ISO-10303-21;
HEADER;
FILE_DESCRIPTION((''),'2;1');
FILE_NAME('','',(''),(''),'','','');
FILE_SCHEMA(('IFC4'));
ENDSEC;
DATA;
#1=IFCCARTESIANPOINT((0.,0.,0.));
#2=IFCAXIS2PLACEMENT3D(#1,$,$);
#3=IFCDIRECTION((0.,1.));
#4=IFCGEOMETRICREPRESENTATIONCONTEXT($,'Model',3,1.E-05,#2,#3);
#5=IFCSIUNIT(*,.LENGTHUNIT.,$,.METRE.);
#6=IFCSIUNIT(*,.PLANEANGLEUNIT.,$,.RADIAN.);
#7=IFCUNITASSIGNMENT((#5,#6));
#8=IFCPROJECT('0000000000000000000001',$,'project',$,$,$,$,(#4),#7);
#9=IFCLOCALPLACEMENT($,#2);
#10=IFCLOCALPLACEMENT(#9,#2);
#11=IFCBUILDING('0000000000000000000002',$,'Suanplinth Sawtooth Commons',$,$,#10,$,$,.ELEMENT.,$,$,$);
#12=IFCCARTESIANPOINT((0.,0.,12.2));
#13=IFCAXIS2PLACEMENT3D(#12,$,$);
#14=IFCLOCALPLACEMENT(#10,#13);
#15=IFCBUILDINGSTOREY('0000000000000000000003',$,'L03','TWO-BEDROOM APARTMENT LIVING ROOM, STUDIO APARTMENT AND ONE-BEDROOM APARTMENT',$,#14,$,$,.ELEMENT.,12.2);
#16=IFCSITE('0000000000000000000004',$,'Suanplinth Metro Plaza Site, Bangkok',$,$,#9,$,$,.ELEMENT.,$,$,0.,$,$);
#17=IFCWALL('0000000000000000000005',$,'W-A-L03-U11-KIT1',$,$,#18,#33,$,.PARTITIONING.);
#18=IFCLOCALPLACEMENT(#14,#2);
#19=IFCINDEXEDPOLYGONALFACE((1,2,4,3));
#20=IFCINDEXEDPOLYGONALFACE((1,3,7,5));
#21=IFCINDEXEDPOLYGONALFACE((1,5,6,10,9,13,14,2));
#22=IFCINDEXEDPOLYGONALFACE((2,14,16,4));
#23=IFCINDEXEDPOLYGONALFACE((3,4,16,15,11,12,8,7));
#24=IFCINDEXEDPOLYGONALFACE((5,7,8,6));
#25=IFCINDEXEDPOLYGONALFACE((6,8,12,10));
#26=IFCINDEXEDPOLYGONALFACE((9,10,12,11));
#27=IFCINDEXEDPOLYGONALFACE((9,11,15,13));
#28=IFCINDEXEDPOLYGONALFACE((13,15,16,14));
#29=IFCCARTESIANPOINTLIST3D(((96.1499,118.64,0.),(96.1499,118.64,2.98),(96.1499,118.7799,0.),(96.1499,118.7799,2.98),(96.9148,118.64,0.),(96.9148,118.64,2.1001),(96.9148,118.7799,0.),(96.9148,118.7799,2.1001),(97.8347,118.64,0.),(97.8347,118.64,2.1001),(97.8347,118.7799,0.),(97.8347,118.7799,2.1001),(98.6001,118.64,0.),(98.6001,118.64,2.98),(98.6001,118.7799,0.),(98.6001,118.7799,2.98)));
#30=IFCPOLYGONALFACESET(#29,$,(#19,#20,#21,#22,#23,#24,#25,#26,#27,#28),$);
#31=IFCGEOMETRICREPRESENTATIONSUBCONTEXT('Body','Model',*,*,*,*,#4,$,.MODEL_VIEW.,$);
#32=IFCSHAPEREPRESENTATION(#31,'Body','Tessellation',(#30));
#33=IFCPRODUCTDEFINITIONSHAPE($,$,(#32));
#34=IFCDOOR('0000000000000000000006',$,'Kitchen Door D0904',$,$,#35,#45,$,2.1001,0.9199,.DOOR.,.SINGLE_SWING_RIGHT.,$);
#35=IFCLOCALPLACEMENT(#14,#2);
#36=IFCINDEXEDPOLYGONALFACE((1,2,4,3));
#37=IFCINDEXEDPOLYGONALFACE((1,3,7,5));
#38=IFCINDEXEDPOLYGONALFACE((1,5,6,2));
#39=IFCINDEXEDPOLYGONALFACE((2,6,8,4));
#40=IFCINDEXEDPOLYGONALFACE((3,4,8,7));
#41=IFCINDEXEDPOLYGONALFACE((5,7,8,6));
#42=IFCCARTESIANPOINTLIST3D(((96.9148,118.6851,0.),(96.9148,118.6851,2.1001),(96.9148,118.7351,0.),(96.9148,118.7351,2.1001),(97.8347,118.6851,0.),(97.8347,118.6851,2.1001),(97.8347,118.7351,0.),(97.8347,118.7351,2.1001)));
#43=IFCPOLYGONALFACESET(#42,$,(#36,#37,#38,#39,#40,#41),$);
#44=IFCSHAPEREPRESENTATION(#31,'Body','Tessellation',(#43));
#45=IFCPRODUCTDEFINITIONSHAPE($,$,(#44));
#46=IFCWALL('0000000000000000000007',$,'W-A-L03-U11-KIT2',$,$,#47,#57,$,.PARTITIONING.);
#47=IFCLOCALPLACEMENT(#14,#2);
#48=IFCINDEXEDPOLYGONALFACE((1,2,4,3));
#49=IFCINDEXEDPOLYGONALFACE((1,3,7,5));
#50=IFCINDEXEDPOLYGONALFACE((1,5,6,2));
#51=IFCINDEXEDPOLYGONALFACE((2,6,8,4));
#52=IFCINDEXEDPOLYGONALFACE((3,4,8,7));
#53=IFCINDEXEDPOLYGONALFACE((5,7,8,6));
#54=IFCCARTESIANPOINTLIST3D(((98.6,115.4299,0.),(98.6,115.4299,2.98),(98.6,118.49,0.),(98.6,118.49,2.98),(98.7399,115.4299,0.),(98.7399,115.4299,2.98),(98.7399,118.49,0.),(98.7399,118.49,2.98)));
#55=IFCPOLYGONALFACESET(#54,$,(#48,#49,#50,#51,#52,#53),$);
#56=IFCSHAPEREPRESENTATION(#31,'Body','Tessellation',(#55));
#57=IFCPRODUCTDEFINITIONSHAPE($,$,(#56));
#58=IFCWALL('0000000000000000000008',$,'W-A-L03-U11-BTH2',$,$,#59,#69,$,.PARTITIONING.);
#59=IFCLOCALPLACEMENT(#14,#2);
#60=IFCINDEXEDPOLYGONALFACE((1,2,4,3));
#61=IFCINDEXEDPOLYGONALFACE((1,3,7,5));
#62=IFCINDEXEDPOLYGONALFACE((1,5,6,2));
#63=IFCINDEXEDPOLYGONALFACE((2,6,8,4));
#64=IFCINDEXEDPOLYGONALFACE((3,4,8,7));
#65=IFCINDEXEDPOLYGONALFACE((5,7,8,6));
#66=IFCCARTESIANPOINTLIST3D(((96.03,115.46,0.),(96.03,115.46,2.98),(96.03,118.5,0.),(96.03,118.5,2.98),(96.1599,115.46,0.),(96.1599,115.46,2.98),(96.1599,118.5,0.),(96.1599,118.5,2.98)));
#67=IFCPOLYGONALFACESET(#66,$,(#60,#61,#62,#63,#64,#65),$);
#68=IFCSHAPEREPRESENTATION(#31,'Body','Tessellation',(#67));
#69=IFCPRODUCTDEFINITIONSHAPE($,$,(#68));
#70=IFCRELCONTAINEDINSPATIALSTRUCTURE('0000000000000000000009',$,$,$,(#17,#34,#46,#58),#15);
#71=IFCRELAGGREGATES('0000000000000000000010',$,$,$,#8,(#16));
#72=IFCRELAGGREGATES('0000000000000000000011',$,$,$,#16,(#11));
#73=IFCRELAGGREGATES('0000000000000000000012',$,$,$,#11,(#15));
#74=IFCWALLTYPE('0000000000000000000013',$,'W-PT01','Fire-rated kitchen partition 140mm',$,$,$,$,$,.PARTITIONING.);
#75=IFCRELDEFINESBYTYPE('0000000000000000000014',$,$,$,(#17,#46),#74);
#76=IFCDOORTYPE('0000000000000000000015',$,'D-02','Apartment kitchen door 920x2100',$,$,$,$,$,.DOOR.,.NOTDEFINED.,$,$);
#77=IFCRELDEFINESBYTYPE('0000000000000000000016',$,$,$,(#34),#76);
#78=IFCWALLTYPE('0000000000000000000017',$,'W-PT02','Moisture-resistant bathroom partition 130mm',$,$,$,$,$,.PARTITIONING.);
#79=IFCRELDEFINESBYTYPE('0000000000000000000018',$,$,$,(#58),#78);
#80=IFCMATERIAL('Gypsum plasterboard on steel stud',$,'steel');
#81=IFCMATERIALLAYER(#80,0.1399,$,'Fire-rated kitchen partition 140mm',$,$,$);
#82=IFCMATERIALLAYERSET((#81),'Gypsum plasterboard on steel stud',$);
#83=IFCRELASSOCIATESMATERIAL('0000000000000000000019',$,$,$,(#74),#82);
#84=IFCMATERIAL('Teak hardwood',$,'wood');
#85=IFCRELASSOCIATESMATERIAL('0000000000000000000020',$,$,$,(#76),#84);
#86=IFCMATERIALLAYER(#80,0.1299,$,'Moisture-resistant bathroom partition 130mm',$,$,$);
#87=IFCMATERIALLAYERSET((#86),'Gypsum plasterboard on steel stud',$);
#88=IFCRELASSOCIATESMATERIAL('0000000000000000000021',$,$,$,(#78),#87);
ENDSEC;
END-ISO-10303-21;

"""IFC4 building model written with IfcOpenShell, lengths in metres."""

from ifc_helpers import new_model, si_unit, direction, frame, frame_2d, origin, place, context, subcontext, project, spatial, rectangle, extrude, material, layer, layer_set, type_object, element, fill, save


model = new_model("IFC4")

# Units and contexts
model_context = context("Model", 3, precision=1e-05, world=origin(), true_north=direction((0.0, 1.0)))
body_context = subcontext(model_context, "Body", "Model", "MODEL_VIEW")
ifc_project = project(units=[si_unit("LENGTHUNIT", "METRE"), si_unit("PLANEANGLEUNIT", "RADIAN")], contexts=[model_context])

# Site, building, storey
site_placement = place(None, origin())
site = spatial("IfcSite", under=ifc_project, at=site_placement, Name="Suanplinth Metro Plaza Site, Bangkok", CompositionType="ELEMENT", RefElevation=0.0)
building_placement = place(site_placement, origin())
building = spatial("IfcBuilding", under=site, at=building_placement, Name="Suanplinth Sawtooth Commons", CompositionType="ELEMENT")
storey_placement = place(building_placement, frame((0.0, 0.0, 12.2)))
storey = spatial("IfcBuildingStorey", under=building, at=storey_placement, Name="L03", Description="TWO-BEDROOM APARTMENT LIVING ROOM, STUDIO APARTMENT AND ONE-BEDROOM APARTMENT", CompositionType="ELEMENT", Elevation=12.2)

# Wall, opening, door
ifc_material_1 = material(Name="Gypsum plasterboard on steel stud", Category="steel")
ifc_layer_1 = layer(ifc_material_1, 0.1399, Name="Fire-rated kitchen partition 140mm")
ifc_layer_set_1 = layer_set([ifc_layer_1], Name="Gypsum plasterboard on steel stud")
wall_type_1 = type_object("IfcWallType", Name="W-PT01", Description="Fire-rated kitchen partition 140mm", PredefinedType="PARTITIONING", material=ifc_layer_set_1)
wall_1_placement = place(storey_placement, frame((96.1499, 118.71, 0.0), z_axis=(0.0, 0.0, 1.0), x_axis=(1.0, 0.0, 0.0)))
wall_1 = element("IfcWall", 1, at=wall_1_placement, inside=storey, type_object=wall_type_1, Name="W-A-L03-U11-KIT1", PredefinedType="PARTITIONING", context=body_context, shape_type="SweptSolid", body=[
    extrude(rectangle(XDim=2.4502, YDim=0.1399, at=frame_2d((1.2251, 0.0))), origin(), (0.0, 0.0, 1.0), 2.98),
])
opening_1_placement = place(wall_1_placement, frame((0.7649, 0.0, 0.0)))
opening_1 = element("IfcOpeningElement", 2, at=opening_1_placement, cuts=wall_1, PredefinedType="OPENING", context=body_context, shape_type="SweptSolid", body=[
    extrude(rectangle(XDim=0.9199, YDim=2.1001, at=frame_2d((0.46, 1.05))), frame((0.0, 0.085, 0.0), z_axis=(0.0, -1.0, 0.0), x_axis=(1.0, 0.0, 0.0)), (0.0, 0.0, 1.0), 0.1697),
])
ifc_material_2 = material(Name="Teak hardwood", Category="wood")
door_type_1 = type_object("IfcDoorType", Name="D-02", Description="Apartment kitchen door 920x2100", OperationType="NOTDEFINED", PredefinedType="DOOR", material=ifc_material_2)
door_1_placement = place(opening_1_placement, frame((0.9199, 0.0, 0.0), z_axis=(0.0, 0.0, 1.0), x_axis=(-1.0, 0.0, 0.0)))
door_1 = element("IfcDoor", 3, at=door_1_placement, inside=storey, type_object=door_type_1, Name="Kitchen Door D0904", OperationType="SINGLE_SWING_RIGHT", OverallHeight=2.1001, OverallWidth=0.9199, PredefinedType="DOOR", context=body_context, shape_type="SweptSolid", body=[
    extrude(rectangle(XDim=0.9199, YDim=2.1001, at=frame_2d((0.46, 1.05))), frame((0.0, 0.0249, 0.0), z_axis=(0.0, -1.0, 0.0), x_axis=(1.0, 0.0, 0.0)), (0.0, 0.0, 1.0), 0.05),
])
fill(opening_1, door_1)

# Walls
wall_2_placement = place(storey_placement, frame((98.6699, 115.4299, 0.0), z_axis=(0.0, 0.0, 1.0), x_axis=(0.0, 1.0, 0.0)))
element("IfcWall", 4, at=wall_2_placement, inside=storey, type_object=wall_type_1, Name="W-A-L03-U11-KIT2", PredefinedType="PARTITIONING", context=body_context, shape_type="SweptSolid", body=[
    extrude(rectangle(XDim=3.0601, YDim=0.1399, at=frame_2d((1.53, 0.0))), origin(), (0.0, 0.0, 1.0), 2.98),
])
ifc_layer_2 = layer(ifc_material_1, 0.1299, Name="Moisture-resistant bathroom partition 130mm")
ifc_layer_set_2 = layer_set([ifc_layer_2], Name="Gypsum plasterboard on steel stud")
wall_type_2 = type_object("IfcWallType", Name="W-PT02", Description="Moisture-resistant bathroom partition 130mm", PredefinedType="PARTITIONING", material=ifc_layer_set_2)
wall_3_placement = place(storey_placement, frame((96.095, 115.46, 0.0), z_axis=(0.0, 0.0, 1.0), x_axis=(0.0, 1.0, 0.0)))
element("IfcWall", 5, at=wall_3_placement, inside=storey, type_object=wall_type_2, Name="W-A-L03-U11-BTH2", PredefinedType="PARTITIONING", context=body_context, shape_type="SweptSolid", body=[
    extrude(rectangle(XDim=3.04, YDim=0.1299, at=frame_2d((1.52, 0.0))), origin(), (0.0, 0.0, 1.0), 2.98),
])

save(model, "model.ifc")
